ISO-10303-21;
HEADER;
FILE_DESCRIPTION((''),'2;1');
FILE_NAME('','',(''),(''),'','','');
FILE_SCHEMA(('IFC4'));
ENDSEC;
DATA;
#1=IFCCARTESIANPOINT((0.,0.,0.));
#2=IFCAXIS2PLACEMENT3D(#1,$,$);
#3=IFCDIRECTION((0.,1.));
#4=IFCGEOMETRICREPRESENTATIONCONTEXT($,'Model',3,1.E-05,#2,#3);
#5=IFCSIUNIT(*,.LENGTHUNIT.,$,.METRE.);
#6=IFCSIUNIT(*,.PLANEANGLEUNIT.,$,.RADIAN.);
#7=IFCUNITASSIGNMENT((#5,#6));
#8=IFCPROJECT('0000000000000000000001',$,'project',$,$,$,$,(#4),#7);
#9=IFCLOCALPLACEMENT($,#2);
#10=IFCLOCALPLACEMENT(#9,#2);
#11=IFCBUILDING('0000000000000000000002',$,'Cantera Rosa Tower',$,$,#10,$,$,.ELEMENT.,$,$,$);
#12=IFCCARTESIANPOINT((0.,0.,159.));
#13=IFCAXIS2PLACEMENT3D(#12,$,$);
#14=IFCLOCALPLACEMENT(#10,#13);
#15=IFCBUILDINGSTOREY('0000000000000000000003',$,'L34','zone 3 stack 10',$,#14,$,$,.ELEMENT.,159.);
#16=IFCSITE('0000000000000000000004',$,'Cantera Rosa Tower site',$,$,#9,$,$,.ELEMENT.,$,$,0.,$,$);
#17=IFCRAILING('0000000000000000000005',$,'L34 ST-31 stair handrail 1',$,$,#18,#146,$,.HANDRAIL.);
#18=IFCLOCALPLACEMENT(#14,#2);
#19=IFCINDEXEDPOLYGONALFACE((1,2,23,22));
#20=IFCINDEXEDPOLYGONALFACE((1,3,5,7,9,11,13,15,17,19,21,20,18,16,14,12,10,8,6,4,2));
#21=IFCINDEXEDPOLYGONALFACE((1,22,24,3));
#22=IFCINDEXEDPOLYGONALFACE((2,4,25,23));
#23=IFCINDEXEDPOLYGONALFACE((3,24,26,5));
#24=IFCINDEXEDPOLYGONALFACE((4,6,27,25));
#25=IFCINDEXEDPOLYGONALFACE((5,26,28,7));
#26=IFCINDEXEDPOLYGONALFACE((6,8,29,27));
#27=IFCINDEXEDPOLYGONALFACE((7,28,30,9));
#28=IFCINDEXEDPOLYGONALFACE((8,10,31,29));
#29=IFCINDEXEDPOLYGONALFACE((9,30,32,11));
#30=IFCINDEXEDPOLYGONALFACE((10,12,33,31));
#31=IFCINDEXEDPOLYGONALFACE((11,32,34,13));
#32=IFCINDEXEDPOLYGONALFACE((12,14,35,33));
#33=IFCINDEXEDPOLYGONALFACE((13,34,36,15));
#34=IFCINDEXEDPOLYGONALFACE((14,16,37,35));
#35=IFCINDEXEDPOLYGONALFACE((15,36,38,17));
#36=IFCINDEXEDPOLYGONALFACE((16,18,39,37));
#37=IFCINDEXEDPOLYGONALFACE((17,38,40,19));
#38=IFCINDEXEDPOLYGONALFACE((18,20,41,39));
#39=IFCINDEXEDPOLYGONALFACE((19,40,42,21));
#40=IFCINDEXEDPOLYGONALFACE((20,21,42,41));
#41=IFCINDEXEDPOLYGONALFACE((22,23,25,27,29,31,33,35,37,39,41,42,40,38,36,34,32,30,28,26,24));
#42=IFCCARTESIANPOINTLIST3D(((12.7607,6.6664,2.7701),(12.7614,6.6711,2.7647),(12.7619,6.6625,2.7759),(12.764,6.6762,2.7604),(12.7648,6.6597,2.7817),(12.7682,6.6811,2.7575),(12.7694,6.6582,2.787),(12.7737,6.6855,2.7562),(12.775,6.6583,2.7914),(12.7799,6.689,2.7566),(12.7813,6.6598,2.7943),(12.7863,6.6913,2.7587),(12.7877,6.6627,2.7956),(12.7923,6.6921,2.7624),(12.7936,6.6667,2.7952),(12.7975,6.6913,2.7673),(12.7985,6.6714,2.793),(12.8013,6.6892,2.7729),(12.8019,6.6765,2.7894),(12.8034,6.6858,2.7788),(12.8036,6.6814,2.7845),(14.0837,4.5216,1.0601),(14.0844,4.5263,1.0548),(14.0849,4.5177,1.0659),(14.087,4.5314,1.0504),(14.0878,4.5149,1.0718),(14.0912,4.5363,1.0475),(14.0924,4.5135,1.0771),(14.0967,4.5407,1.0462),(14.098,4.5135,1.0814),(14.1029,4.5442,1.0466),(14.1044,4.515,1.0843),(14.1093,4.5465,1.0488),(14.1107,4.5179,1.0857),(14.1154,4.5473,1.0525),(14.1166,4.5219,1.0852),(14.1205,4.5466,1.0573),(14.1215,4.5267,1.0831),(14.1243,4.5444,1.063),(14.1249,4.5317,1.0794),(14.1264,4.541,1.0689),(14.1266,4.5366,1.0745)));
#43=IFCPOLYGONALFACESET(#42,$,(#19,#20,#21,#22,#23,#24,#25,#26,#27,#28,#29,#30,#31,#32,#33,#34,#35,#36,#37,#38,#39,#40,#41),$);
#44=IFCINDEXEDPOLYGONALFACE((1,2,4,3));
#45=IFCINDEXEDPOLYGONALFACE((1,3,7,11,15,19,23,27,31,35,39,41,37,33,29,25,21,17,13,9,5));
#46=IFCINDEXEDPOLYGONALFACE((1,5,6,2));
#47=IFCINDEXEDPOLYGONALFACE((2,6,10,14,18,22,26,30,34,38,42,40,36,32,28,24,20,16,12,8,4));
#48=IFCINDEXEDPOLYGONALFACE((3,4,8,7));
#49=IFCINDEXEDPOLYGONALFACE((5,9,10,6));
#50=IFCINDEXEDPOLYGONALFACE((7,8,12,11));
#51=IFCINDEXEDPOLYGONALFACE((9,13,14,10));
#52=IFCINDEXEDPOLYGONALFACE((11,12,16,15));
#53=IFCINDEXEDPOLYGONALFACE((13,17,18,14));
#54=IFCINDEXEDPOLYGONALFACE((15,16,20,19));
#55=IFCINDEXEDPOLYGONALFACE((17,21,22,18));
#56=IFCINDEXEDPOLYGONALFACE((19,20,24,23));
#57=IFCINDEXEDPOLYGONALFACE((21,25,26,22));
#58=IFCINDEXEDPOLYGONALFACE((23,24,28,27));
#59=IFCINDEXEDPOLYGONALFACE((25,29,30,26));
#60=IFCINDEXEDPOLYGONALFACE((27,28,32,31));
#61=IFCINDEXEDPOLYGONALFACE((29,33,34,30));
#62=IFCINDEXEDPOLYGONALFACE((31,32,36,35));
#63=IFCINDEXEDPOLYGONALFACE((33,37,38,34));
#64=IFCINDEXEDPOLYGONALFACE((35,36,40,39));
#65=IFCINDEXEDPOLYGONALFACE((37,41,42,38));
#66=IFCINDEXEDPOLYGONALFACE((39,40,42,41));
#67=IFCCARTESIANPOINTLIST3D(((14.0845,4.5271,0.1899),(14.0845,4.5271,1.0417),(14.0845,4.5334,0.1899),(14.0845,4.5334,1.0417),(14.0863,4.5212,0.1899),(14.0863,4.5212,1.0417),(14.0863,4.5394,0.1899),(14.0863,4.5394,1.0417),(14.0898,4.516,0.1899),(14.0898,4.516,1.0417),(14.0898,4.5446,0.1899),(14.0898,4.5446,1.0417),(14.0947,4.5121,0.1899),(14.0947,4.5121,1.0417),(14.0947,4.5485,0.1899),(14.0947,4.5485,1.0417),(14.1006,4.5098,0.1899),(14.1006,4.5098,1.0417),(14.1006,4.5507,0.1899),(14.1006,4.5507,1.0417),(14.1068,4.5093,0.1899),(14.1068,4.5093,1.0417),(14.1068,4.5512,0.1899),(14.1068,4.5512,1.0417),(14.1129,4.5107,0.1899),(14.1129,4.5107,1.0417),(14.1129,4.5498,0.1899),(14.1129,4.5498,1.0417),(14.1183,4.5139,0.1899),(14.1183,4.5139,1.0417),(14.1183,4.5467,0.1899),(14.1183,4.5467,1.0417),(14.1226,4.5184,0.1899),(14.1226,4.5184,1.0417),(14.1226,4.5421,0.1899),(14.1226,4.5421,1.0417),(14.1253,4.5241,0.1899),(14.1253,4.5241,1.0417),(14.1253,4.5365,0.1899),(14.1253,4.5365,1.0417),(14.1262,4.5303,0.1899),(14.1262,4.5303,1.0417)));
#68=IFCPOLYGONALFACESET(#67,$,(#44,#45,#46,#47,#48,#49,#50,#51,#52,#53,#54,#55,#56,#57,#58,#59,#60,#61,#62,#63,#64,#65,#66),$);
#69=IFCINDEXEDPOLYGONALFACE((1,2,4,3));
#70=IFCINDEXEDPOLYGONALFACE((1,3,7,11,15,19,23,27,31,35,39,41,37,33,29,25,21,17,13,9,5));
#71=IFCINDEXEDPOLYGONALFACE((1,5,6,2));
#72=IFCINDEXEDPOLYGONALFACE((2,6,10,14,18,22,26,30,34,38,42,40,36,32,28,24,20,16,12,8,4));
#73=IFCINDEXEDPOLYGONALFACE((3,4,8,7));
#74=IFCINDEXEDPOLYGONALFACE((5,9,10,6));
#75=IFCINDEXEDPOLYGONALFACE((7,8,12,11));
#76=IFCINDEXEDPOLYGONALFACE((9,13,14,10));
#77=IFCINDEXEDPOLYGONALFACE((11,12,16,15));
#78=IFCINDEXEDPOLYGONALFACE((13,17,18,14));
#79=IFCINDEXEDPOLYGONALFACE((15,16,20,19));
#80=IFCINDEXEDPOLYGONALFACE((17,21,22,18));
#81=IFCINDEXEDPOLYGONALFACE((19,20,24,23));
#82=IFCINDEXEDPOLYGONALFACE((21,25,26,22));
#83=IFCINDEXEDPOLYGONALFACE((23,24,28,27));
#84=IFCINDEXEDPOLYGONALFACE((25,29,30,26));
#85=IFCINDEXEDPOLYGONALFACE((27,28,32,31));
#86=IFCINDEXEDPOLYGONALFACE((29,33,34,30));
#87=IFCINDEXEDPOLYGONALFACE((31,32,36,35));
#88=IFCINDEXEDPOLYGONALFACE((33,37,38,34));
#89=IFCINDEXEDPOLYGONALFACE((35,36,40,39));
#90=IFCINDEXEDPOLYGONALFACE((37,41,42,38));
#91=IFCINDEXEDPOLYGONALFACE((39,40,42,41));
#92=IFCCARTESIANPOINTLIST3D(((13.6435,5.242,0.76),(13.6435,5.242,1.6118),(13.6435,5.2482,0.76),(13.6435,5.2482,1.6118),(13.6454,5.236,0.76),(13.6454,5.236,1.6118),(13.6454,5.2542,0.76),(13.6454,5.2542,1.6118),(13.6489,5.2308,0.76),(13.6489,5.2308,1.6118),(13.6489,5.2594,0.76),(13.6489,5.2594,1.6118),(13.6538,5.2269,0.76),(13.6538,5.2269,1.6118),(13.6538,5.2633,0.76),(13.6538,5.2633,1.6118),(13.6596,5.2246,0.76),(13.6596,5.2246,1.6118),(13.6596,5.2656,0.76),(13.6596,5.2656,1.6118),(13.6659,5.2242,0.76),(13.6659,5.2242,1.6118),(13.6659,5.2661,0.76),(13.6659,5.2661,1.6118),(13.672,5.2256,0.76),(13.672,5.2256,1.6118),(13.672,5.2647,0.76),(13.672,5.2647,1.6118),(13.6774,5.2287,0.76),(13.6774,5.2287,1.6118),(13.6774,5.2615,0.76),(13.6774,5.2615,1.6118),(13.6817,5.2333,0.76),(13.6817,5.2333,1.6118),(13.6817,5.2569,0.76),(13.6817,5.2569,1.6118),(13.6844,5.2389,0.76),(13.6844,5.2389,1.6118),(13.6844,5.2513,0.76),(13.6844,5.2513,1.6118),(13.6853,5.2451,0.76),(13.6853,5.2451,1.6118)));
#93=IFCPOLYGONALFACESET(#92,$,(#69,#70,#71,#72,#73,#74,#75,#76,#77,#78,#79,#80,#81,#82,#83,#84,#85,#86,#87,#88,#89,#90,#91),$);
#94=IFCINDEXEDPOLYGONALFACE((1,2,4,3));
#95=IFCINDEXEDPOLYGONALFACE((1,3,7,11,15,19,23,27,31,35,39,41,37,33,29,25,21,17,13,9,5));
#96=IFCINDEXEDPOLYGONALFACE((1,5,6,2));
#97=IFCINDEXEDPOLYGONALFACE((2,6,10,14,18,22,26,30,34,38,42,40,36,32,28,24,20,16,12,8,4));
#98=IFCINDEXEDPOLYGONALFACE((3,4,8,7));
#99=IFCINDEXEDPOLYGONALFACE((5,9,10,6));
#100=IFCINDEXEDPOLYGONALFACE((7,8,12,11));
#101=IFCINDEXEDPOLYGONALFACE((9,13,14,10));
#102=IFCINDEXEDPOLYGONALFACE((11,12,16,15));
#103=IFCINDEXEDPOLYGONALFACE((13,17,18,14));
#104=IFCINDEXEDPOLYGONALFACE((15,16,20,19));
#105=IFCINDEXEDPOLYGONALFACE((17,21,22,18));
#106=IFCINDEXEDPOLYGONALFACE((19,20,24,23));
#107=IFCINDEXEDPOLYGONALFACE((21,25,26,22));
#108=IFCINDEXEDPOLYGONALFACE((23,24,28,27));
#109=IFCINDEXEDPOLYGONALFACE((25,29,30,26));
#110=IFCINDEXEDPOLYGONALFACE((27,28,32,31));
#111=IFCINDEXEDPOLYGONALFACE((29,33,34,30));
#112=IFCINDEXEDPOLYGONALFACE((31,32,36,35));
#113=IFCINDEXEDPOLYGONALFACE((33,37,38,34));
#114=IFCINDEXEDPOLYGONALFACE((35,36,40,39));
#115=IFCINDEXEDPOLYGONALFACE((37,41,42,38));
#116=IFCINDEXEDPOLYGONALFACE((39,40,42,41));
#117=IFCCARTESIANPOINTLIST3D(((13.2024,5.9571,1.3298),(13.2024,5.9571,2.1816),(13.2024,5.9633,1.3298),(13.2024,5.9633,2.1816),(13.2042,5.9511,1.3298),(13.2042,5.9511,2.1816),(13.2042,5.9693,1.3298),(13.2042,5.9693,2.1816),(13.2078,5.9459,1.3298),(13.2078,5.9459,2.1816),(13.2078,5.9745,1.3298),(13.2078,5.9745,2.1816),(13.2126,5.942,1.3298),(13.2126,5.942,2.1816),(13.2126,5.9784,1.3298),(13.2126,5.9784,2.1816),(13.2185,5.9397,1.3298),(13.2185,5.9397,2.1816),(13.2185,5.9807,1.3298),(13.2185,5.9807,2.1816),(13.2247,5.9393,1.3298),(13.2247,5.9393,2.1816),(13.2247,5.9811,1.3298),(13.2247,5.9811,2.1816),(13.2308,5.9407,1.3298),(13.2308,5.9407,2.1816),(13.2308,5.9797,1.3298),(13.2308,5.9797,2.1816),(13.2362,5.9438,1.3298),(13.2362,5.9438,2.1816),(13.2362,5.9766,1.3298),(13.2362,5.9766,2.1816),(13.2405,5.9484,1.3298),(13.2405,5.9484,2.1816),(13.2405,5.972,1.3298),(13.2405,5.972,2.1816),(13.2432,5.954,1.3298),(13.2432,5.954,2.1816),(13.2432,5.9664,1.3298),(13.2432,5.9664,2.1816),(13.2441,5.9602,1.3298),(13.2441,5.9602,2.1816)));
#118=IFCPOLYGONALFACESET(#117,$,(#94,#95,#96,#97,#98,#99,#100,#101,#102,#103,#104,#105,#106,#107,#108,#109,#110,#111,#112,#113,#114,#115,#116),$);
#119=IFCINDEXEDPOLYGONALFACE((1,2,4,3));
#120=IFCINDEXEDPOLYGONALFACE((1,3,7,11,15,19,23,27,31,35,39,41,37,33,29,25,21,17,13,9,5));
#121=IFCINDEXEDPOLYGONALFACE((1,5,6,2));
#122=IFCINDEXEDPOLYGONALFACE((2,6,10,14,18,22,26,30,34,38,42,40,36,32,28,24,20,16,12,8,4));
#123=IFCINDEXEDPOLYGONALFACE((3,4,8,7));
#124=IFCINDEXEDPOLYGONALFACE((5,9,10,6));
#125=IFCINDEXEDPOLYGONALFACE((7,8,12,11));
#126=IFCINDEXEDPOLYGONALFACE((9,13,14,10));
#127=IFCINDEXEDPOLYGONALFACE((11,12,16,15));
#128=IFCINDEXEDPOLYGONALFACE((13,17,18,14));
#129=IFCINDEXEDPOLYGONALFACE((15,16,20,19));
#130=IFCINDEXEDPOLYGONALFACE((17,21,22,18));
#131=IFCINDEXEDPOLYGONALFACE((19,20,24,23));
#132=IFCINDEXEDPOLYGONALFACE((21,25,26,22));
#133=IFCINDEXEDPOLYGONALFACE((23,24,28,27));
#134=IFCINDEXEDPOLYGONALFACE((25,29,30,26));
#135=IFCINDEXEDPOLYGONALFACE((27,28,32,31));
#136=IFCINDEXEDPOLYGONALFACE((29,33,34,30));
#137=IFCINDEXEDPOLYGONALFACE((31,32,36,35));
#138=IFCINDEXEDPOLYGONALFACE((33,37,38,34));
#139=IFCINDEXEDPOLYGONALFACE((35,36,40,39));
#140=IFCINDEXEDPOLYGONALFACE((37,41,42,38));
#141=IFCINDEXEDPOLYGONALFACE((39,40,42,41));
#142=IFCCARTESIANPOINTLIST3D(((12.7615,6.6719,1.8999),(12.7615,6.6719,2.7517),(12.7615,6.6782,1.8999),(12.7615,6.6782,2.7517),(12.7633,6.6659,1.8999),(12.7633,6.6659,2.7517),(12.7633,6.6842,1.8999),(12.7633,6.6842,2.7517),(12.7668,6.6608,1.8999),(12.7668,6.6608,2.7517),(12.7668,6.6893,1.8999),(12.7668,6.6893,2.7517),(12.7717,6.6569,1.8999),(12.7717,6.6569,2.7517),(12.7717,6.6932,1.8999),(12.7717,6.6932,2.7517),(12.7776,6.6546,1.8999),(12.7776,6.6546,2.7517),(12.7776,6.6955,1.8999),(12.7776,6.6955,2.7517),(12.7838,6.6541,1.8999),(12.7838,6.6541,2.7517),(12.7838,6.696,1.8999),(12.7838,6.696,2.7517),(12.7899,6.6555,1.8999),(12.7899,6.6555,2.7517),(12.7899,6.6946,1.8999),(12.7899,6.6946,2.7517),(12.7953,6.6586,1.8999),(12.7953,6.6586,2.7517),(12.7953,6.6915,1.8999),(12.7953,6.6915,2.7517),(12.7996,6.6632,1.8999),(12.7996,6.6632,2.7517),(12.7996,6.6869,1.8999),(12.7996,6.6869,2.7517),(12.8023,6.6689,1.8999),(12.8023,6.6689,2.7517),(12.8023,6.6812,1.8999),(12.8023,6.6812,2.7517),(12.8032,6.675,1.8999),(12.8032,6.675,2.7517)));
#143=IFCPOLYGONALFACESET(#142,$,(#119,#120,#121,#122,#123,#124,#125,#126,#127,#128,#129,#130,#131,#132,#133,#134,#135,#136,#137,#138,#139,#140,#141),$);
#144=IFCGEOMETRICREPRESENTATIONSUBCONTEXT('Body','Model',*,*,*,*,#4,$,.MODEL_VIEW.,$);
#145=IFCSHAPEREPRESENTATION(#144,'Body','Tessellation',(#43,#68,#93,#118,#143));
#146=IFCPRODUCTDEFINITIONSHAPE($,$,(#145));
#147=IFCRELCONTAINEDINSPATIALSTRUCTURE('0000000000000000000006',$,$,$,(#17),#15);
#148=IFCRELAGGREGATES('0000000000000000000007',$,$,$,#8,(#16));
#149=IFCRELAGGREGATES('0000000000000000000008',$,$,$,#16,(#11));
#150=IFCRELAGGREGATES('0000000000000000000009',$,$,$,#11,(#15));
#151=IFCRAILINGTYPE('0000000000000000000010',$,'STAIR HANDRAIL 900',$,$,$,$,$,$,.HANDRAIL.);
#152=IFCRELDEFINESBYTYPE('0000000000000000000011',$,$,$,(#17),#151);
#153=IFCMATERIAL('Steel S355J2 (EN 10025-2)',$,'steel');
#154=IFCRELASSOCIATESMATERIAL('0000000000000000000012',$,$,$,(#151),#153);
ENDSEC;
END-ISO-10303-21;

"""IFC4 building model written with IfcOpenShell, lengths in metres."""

from ifc_helpers import new_model, si_unit, direction, frame, origin, origin_2d, place, context, subcontext, project, spatial, circle, extrude, material, type_object, element, save


model = new_model("IFC4")

# Units and contexts
model_context = context("Model", 3, precision=1e-05, world=origin(), true_north=direction((0.0, 1.0)))
body_context = subcontext(model_context, "Body", "Model", "MODEL_VIEW")
ifc_project = project(units=[si_unit("LENGTHUNIT", "METRE"), si_unit("PLANEANGLEUNIT", "RADIAN")], contexts=[model_context])

# Site, building, storey
site_placement = place(None, origin())
site = spatial("IfcSite", under=ifc_project, at=site_placement, Name="Cantera Rosa Tower site", CompositionType="ELEMENT", RefElevation=0.0)
building_placement = place(site_placement, origin())
building = spatial("IfcBuilding", under=site, at=building_placement, Name="Cantera Rosa Tower", CompositionType="ELEMENT")
storey_placement = place(building_placement, frame((0.0, 0.0, 159.0)))
storey = spatial("IfcBuildingStorey", under=building, at=storey_placement, Name="L34", Description="zone 3 stack 10", CompositionType="ELEMENT", Elevation=159.0)

# Railing
ifc_material_1 = material(Name="Steel S355J2 (EN 10025-2)", Category="steel")
railing_type_1 = type_object("IfcRailingType", Name="STAIR HANDRAIL 900", PredefinedType="HANDRAIL", material=ifc_material_1)
railing_1_placement = place(storey_placement, frame((14.1052, 4.5303, 0.1899)))
element("IfcRailing", 1, at=railing_1_placement, inside=storey, type_object=railing_type_1, Name="L34 ST-31 stair handrail 1", PredefinedType="HANDRAIL", context=body_context, shape_type="SweptSolid", body=[
    extrude(circle(Radius=0.0239, at=origin_2d()), frame((0.0, 0.0, 0.876), z_axis=(-0.434428, 0.704271, 0.561493), x_axis=(-0.851102, -0.525, 0.0)), (0.0, 0.0, 1.0), 3.0454),
    extrude(circle(Radius=0.021, at=origin_2d()), origin(), (0.0, 0.0, 1.0), 0.8518),
    extrude(circle(Radius=0.021, at=origin_2d()), frame((-0.4409, 0.7148, 0.5701)), (0.0, 0.0, 1.0), 0.8518),
    extrude(circle(Radius=0.021, at=origin_2d()), frame((-0.8821, 1.4299, 1.1399)), (0.0, 0.0, 1.0), 0.8518),
    extrude(circle(Radius=0.021, at=origin_2d()), frame((-1.323, 2.1448, 1.71)), (0.0, 0.0, 1.0), 0.8518),
])

save(model, "model.ifc")
